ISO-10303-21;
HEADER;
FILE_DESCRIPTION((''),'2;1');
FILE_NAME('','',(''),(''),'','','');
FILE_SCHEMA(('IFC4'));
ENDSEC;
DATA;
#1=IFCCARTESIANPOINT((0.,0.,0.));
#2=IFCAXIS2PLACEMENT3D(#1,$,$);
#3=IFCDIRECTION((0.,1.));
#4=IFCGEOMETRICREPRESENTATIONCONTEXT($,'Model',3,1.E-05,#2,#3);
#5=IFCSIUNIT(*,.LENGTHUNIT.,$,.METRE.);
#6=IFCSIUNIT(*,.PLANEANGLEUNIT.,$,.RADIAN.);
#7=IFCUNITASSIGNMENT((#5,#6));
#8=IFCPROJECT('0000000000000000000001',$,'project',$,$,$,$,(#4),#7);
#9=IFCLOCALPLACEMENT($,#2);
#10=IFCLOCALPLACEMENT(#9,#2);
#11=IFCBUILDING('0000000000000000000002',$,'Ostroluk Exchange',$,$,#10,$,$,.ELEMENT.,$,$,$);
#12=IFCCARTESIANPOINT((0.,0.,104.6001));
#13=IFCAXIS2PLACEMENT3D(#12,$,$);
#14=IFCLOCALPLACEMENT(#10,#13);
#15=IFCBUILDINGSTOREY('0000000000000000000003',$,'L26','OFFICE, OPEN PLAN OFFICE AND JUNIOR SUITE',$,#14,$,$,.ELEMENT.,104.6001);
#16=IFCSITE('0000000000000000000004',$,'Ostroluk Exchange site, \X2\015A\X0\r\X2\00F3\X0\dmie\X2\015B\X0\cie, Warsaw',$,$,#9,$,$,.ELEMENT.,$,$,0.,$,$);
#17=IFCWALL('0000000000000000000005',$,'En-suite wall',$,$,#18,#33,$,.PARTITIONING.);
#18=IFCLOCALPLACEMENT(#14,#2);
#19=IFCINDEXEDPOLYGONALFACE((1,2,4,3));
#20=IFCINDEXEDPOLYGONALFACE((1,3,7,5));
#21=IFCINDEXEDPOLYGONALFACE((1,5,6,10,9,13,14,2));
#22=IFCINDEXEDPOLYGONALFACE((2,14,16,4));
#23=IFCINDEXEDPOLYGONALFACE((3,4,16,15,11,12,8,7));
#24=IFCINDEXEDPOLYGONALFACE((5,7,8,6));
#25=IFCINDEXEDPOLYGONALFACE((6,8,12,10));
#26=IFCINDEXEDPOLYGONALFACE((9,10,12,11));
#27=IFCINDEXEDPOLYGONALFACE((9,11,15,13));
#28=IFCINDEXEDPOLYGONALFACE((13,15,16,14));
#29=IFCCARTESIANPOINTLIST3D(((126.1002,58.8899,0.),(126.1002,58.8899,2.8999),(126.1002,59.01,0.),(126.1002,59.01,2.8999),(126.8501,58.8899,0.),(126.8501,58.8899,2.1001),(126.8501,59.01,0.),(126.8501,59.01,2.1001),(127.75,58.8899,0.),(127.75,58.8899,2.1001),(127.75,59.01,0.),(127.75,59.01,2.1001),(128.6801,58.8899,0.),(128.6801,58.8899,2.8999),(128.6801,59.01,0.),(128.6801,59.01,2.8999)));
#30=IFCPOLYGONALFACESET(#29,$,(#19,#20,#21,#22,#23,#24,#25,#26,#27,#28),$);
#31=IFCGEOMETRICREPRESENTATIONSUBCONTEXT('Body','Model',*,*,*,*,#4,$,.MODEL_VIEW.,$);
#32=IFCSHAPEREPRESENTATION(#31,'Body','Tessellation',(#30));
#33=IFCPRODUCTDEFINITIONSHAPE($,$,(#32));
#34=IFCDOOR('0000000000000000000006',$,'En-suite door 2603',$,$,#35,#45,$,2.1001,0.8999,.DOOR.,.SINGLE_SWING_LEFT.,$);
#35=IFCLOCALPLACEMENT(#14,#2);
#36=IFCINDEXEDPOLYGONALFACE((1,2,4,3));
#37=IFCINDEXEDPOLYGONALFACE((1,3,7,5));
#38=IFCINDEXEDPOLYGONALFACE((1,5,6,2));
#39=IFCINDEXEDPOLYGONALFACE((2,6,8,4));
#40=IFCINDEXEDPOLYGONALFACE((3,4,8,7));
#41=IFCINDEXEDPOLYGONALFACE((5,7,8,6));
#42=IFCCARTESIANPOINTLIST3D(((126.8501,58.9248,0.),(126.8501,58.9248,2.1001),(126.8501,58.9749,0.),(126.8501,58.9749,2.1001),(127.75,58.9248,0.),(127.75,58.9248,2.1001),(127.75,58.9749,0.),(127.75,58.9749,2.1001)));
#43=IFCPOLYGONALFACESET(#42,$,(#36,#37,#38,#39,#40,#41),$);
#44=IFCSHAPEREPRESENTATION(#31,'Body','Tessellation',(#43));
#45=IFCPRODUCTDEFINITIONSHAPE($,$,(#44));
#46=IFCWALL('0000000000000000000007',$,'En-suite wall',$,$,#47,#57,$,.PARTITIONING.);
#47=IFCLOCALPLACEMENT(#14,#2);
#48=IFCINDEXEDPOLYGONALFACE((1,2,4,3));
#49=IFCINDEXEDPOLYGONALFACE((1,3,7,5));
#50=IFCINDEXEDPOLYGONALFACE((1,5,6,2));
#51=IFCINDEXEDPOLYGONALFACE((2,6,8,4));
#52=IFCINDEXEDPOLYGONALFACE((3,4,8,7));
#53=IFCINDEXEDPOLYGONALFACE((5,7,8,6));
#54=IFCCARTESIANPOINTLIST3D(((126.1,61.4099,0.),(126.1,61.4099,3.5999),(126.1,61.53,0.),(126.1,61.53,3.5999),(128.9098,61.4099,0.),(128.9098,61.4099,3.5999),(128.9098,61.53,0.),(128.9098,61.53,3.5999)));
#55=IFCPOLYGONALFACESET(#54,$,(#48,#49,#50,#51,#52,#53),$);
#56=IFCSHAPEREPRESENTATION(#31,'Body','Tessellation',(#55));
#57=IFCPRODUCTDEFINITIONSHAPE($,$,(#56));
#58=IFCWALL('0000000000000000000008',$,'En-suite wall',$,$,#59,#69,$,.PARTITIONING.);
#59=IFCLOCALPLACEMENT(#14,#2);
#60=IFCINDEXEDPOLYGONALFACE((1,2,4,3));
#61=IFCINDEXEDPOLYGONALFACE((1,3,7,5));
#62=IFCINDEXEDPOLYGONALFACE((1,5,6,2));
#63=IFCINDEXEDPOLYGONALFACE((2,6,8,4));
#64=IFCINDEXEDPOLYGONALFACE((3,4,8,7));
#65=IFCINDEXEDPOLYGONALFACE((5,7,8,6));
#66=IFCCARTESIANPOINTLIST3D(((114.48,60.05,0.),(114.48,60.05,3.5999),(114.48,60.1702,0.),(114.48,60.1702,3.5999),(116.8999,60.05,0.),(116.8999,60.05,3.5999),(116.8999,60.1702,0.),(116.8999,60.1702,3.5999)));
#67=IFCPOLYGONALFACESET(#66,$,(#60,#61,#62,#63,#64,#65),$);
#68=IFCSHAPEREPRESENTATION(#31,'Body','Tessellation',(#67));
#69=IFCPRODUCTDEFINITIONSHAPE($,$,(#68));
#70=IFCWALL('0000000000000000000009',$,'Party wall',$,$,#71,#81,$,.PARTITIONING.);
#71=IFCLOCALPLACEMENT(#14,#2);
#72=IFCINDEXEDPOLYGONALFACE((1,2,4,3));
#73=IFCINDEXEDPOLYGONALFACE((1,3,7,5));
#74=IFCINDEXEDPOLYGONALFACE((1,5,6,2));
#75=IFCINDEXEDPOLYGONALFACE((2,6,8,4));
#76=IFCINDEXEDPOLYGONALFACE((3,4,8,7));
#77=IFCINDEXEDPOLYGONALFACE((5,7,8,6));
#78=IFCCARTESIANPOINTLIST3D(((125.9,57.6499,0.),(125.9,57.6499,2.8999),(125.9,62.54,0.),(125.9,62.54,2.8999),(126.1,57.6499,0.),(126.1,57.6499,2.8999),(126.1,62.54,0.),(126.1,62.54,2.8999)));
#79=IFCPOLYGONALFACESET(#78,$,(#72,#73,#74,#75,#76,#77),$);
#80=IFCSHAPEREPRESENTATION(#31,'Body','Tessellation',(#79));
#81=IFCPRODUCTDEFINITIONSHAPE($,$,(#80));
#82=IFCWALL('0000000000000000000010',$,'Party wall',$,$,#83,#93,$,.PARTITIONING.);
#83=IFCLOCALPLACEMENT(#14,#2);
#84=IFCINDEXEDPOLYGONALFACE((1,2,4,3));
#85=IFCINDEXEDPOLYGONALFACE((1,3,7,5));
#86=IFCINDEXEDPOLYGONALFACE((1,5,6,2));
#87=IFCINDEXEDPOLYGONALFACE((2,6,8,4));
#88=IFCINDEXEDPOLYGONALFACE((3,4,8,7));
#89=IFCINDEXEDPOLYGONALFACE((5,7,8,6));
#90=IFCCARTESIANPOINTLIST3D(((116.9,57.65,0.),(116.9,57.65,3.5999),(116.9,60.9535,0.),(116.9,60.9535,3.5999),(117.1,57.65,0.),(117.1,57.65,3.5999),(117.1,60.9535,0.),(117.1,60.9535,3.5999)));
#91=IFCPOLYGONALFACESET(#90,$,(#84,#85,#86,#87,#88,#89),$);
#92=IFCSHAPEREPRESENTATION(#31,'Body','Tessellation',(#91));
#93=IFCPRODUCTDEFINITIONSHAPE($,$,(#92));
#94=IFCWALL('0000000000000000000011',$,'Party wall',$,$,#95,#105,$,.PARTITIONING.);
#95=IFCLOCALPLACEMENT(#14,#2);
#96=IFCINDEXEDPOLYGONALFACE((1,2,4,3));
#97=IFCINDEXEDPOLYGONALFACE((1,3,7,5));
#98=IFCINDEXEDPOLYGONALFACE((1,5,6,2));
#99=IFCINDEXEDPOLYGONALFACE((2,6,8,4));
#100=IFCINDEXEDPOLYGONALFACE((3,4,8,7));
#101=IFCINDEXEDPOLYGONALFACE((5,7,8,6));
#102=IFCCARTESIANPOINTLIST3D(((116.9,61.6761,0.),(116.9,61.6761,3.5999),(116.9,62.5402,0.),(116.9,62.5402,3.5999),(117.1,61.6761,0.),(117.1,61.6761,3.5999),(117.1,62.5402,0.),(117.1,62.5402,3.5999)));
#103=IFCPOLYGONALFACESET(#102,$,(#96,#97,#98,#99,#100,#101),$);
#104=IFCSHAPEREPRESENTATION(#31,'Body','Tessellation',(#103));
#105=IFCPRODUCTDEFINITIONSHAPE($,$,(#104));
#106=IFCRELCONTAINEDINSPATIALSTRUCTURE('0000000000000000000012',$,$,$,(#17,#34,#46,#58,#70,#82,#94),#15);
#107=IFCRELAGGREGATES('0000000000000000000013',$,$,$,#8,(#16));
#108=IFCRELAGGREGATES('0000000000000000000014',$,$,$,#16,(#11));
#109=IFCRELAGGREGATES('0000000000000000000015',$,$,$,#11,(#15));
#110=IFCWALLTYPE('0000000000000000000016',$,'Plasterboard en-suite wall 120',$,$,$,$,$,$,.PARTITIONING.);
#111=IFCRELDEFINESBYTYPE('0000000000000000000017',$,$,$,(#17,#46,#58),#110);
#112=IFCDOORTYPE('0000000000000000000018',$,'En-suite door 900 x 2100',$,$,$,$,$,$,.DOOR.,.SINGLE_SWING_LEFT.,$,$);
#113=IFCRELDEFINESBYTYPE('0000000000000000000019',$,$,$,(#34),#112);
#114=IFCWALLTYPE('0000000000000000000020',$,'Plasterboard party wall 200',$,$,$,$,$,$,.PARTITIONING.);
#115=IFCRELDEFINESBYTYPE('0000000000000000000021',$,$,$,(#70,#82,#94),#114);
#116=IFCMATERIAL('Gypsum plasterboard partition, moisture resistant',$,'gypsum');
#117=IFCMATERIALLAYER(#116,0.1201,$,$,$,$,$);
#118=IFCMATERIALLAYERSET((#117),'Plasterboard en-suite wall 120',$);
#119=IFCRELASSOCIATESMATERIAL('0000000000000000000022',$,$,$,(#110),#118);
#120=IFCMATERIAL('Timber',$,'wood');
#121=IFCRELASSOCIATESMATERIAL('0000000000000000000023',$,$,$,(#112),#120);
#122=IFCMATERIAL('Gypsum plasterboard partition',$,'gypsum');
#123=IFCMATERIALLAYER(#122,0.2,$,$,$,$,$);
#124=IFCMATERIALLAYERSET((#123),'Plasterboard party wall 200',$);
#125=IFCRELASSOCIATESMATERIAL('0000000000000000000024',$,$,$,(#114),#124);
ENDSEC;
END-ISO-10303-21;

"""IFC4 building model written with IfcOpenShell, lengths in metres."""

from ifc_helpers import new_model, si_unit, direction, frame, frame_2d, origin, place, context, subcontext, project, spatial, rectangle, extrude, material, layer, layer_set, type_object, element, fill, save


model = new_model("IFC4")

# Units and contexts
model_context = context("Model", 3, precision=1e-05, world=origin(), true_north=direction((0.0, 1.0)))
body_context = subcontext(model_context, "Body", "Model", "MODEL_VIEW")
ifc_project = project(units=[si_unit("LENGTHUNIT", "METRE"), si_unit("PLANEANGLEUNIT", "RADIAN")], contexts=[model_context])

# Site, building, storey
site_placement = place(None, origin())
site = spatial("IfcSite", under=ifc_project, at=site_placement, Name="Ostroluk Exchange site, Śródmieście, Warsaw", CompositionType="ELEMENT", RefElevation=0.0)
building_placement = place(site_placement, origin())
building = spatial("IfcBuilding", under=site, at=building_placement, Name="Ostroluk Exchange", CompositionType="ELEMENT")
storey_placement = place(building_placement, frame((0.0, 0.0, 104.6001)))
storey = spatial("IfcBuildingStorey", under=building, at=storey_placement, Name="L26", Description="OFFICE, OPEN PLAN OFFICE AND JUNIOR SUITE", CompositionType="ELEMENT", Elevation=104.6001)

# Wall, opening, door
ifc_material_1 = material(Name="Gypsum plasterboard partition, moisture resistant", Category="gypsum")
ifc_layer_1 = layer(ifc_material_1, 0.1201)
ifc_layer_set_1 = layer_set([ifc_layer_1], Name="Plasterboard en-suite wall 120")
wall_type_1 = type_object("IfcWallType", Name="Plasterboard en-suite wall 120", PredefinedType="PARTITIONING", material=ifc_layer_set_1)
wall_1_placement = place(storey_placement, frame((126.1001, 58.95, 0.0), z_axis=(0.0, 0.0, 1.0), x_axis=(1.0, 0.0, 0.0)))
wall_1 = element("IfcWall", 1, at=wall_1_placement, inside=storey, type_object=wall_type_1, Name="En-suite wall", PredefinedType="PARTITIONING", context=body_context, shape_type="SweptSolid", body=[
    extrude(rectangle(XDim=2.5798, YDim=0.1201, at=frame_2d((1.29, 0.0))), origin(), (0.0, 0.0, 1.0), 2.8999),
])
opening_placement = place(wall_1_placement, frame((0.75, 0.0, 0.0)))
opening = element("IfcOpeningElement", 2, at=opening_placement, cuts=wall_1, PredefinedType="OPENING", context=body_context, shape_type="SweptSolid", body=[
    extrude(rectangle(XDim=0.8999, YDim=2.1001, at=frame_2d((0.45, 1.05))), frame((0.0, 0.0701, 0.0), z_axis=(0.0, -1.0, 0.0), x_axis=(1.0, 0.0, 0.0)), (0.0, 0.0, 1.0), 0.1401),
])
ifc_material_2 = material(Name="Timber", Category="wood")
door_type = type_object("IfcDoorType", Name="En-suite door 900 x 2100", OperationType="SINGLE_SWING_LEFT", PredefinedType="DOOR", material=ifc_material_2)
door_placement = place(opening_placement, origin())
door = element("IfcDoor", 3, at=door_placement, inside=storey, type_object=door_type, Name="En-suite door 2603", OperationType="SINGLE_SWING_LEFT", OverallHeight=2.1001, OverallWidth=0.8999, PredefinedType="DOOR", context=body_context, shape_type="SweptSolid", body=[
    extrude(rectangle(XDim=0.8999, YDim=2.1001, at=frame_2d((0.45, 1.05))), frame((0.0, 0.0249, 0.0), z_axis=(0.0, -1.0, 0.0), x_axis=(1.0, 0.0, 0.0)), (0.0, 0.0, 1.0), 0.05),
])
fill(opening, door)

# Walls
wall_2_placement = place(storey_placement, frame((126.1001, 61.47, 0.0), z_axis=(0.0, 0.0, 1.0), x_axis=(1.0, 0.0, 0.0)))
element("IfcWall", 4, at=wall_2_placement, inside=storey, type_object=wall_type_1, Name="En-suite wall", PredefinedType="PARTITIONING", context=body_context, shape_type="SweptSolid", body=[
    extrude(rectangle(XDim=2.8098, YDim=0.1201, at=frame_2d((1.4048, 0.0))), origin(), (0.0, 0.0, 1.0), 3.5999),
])
wall_3_placement = place(storey_placement, frame((116.8999, 60.1101, 0.0), z_axis=(0.0, 0.0, 1.0), x_axis=(-1.0, 0.0, 0.0)))
element("IfcWall", 5, at=wall_3_placement, inside=storey, type_object=wall_type_1, Name="En-suite wall", PredefinedType="PARTITIONING", context=body_context, shape_type="SweptSolid", body=[
    extrude(rectangle(XDim=2.4199, YDim=0.1201, at=frame_2d((1.21, 0.0))), origin(), (0.0, 0.0, 1.0), 3.5999),
])
ifc_material_3 = material(Name="Gypsum plasterboard partition", Category="gypsum")
ifc_layer_2 = layer(ifc_material_3, 0.2)
ifc_layer_set_2 = layer_set([ifc_layer_2], Name="Plasterboard party wall 200")
wall_type_2 = type_object("IfcWallType", Name="Plasterboard party wall 200", PredefinedType="PARTITIONING", material=ifc_layer_set_2)
wall_4_placement = place(storey_placement, frame((126.0, 57.6499, 0.0), z_axis=(0.0, 0.0, 1.0), x_axis=(0.0, 1.0, 0.0)))
element("IfcWall", 6, at=wall_4_placement, inside=storey, type_object=wall_type_2, Name="Party wall", PredefinedType="PARTITIONING", context=body_context, shape_type="SweptSolid", body=[
    extrude(rectangle(XDim=4.8901, YDim=0.2, at=frame_2d((2.4451, 0.0))), origin(), (0.0, 0.0, 1.0), 2.8999),
])
wall_5_placement = place(storey_placement, frame((117.0, 57.6499, 0.0), z_axis=(0.0, 0.0, 1.0), x_axis=(0.0, 1.0, 0.0)))
element("IfcWall", 7, at=wall_5_placement, inside=storey, type_object=wall_type_2, Name="Party wall", PredefinedType="PARTITIONING", context=body_context, shape_type="SweptSolid", body=[
    extrude(rectangle(XDim=3.3035, YDim=0.2, at=frame_2d((1.6519, 0.0))), origin(), (0.0, 0.0, 1.0), 3.5999),
])
wall_6_placement = place(storey_placement, frame((117.0, 61.676, 0.0), z_axis=(0.0, 0.0, 1.0), x_axis=(0.0, 1.0, 0.0)))
element("IfcWall", 8, at=wall_6_placement, inside=storey, type_object=wall_type_2, Name="Party wall", PredefinedType="PARTITIONING", context=body_context, shape_type="SweptSolid", body=[
    extrude(rectangle(XDim=0.864, YDim=0.2, at=frame_2d((0.4321, 0.0))), origin(), (0.0, 0.0, 1.0), 3.5999),
])

save(model, "model.ifc")
